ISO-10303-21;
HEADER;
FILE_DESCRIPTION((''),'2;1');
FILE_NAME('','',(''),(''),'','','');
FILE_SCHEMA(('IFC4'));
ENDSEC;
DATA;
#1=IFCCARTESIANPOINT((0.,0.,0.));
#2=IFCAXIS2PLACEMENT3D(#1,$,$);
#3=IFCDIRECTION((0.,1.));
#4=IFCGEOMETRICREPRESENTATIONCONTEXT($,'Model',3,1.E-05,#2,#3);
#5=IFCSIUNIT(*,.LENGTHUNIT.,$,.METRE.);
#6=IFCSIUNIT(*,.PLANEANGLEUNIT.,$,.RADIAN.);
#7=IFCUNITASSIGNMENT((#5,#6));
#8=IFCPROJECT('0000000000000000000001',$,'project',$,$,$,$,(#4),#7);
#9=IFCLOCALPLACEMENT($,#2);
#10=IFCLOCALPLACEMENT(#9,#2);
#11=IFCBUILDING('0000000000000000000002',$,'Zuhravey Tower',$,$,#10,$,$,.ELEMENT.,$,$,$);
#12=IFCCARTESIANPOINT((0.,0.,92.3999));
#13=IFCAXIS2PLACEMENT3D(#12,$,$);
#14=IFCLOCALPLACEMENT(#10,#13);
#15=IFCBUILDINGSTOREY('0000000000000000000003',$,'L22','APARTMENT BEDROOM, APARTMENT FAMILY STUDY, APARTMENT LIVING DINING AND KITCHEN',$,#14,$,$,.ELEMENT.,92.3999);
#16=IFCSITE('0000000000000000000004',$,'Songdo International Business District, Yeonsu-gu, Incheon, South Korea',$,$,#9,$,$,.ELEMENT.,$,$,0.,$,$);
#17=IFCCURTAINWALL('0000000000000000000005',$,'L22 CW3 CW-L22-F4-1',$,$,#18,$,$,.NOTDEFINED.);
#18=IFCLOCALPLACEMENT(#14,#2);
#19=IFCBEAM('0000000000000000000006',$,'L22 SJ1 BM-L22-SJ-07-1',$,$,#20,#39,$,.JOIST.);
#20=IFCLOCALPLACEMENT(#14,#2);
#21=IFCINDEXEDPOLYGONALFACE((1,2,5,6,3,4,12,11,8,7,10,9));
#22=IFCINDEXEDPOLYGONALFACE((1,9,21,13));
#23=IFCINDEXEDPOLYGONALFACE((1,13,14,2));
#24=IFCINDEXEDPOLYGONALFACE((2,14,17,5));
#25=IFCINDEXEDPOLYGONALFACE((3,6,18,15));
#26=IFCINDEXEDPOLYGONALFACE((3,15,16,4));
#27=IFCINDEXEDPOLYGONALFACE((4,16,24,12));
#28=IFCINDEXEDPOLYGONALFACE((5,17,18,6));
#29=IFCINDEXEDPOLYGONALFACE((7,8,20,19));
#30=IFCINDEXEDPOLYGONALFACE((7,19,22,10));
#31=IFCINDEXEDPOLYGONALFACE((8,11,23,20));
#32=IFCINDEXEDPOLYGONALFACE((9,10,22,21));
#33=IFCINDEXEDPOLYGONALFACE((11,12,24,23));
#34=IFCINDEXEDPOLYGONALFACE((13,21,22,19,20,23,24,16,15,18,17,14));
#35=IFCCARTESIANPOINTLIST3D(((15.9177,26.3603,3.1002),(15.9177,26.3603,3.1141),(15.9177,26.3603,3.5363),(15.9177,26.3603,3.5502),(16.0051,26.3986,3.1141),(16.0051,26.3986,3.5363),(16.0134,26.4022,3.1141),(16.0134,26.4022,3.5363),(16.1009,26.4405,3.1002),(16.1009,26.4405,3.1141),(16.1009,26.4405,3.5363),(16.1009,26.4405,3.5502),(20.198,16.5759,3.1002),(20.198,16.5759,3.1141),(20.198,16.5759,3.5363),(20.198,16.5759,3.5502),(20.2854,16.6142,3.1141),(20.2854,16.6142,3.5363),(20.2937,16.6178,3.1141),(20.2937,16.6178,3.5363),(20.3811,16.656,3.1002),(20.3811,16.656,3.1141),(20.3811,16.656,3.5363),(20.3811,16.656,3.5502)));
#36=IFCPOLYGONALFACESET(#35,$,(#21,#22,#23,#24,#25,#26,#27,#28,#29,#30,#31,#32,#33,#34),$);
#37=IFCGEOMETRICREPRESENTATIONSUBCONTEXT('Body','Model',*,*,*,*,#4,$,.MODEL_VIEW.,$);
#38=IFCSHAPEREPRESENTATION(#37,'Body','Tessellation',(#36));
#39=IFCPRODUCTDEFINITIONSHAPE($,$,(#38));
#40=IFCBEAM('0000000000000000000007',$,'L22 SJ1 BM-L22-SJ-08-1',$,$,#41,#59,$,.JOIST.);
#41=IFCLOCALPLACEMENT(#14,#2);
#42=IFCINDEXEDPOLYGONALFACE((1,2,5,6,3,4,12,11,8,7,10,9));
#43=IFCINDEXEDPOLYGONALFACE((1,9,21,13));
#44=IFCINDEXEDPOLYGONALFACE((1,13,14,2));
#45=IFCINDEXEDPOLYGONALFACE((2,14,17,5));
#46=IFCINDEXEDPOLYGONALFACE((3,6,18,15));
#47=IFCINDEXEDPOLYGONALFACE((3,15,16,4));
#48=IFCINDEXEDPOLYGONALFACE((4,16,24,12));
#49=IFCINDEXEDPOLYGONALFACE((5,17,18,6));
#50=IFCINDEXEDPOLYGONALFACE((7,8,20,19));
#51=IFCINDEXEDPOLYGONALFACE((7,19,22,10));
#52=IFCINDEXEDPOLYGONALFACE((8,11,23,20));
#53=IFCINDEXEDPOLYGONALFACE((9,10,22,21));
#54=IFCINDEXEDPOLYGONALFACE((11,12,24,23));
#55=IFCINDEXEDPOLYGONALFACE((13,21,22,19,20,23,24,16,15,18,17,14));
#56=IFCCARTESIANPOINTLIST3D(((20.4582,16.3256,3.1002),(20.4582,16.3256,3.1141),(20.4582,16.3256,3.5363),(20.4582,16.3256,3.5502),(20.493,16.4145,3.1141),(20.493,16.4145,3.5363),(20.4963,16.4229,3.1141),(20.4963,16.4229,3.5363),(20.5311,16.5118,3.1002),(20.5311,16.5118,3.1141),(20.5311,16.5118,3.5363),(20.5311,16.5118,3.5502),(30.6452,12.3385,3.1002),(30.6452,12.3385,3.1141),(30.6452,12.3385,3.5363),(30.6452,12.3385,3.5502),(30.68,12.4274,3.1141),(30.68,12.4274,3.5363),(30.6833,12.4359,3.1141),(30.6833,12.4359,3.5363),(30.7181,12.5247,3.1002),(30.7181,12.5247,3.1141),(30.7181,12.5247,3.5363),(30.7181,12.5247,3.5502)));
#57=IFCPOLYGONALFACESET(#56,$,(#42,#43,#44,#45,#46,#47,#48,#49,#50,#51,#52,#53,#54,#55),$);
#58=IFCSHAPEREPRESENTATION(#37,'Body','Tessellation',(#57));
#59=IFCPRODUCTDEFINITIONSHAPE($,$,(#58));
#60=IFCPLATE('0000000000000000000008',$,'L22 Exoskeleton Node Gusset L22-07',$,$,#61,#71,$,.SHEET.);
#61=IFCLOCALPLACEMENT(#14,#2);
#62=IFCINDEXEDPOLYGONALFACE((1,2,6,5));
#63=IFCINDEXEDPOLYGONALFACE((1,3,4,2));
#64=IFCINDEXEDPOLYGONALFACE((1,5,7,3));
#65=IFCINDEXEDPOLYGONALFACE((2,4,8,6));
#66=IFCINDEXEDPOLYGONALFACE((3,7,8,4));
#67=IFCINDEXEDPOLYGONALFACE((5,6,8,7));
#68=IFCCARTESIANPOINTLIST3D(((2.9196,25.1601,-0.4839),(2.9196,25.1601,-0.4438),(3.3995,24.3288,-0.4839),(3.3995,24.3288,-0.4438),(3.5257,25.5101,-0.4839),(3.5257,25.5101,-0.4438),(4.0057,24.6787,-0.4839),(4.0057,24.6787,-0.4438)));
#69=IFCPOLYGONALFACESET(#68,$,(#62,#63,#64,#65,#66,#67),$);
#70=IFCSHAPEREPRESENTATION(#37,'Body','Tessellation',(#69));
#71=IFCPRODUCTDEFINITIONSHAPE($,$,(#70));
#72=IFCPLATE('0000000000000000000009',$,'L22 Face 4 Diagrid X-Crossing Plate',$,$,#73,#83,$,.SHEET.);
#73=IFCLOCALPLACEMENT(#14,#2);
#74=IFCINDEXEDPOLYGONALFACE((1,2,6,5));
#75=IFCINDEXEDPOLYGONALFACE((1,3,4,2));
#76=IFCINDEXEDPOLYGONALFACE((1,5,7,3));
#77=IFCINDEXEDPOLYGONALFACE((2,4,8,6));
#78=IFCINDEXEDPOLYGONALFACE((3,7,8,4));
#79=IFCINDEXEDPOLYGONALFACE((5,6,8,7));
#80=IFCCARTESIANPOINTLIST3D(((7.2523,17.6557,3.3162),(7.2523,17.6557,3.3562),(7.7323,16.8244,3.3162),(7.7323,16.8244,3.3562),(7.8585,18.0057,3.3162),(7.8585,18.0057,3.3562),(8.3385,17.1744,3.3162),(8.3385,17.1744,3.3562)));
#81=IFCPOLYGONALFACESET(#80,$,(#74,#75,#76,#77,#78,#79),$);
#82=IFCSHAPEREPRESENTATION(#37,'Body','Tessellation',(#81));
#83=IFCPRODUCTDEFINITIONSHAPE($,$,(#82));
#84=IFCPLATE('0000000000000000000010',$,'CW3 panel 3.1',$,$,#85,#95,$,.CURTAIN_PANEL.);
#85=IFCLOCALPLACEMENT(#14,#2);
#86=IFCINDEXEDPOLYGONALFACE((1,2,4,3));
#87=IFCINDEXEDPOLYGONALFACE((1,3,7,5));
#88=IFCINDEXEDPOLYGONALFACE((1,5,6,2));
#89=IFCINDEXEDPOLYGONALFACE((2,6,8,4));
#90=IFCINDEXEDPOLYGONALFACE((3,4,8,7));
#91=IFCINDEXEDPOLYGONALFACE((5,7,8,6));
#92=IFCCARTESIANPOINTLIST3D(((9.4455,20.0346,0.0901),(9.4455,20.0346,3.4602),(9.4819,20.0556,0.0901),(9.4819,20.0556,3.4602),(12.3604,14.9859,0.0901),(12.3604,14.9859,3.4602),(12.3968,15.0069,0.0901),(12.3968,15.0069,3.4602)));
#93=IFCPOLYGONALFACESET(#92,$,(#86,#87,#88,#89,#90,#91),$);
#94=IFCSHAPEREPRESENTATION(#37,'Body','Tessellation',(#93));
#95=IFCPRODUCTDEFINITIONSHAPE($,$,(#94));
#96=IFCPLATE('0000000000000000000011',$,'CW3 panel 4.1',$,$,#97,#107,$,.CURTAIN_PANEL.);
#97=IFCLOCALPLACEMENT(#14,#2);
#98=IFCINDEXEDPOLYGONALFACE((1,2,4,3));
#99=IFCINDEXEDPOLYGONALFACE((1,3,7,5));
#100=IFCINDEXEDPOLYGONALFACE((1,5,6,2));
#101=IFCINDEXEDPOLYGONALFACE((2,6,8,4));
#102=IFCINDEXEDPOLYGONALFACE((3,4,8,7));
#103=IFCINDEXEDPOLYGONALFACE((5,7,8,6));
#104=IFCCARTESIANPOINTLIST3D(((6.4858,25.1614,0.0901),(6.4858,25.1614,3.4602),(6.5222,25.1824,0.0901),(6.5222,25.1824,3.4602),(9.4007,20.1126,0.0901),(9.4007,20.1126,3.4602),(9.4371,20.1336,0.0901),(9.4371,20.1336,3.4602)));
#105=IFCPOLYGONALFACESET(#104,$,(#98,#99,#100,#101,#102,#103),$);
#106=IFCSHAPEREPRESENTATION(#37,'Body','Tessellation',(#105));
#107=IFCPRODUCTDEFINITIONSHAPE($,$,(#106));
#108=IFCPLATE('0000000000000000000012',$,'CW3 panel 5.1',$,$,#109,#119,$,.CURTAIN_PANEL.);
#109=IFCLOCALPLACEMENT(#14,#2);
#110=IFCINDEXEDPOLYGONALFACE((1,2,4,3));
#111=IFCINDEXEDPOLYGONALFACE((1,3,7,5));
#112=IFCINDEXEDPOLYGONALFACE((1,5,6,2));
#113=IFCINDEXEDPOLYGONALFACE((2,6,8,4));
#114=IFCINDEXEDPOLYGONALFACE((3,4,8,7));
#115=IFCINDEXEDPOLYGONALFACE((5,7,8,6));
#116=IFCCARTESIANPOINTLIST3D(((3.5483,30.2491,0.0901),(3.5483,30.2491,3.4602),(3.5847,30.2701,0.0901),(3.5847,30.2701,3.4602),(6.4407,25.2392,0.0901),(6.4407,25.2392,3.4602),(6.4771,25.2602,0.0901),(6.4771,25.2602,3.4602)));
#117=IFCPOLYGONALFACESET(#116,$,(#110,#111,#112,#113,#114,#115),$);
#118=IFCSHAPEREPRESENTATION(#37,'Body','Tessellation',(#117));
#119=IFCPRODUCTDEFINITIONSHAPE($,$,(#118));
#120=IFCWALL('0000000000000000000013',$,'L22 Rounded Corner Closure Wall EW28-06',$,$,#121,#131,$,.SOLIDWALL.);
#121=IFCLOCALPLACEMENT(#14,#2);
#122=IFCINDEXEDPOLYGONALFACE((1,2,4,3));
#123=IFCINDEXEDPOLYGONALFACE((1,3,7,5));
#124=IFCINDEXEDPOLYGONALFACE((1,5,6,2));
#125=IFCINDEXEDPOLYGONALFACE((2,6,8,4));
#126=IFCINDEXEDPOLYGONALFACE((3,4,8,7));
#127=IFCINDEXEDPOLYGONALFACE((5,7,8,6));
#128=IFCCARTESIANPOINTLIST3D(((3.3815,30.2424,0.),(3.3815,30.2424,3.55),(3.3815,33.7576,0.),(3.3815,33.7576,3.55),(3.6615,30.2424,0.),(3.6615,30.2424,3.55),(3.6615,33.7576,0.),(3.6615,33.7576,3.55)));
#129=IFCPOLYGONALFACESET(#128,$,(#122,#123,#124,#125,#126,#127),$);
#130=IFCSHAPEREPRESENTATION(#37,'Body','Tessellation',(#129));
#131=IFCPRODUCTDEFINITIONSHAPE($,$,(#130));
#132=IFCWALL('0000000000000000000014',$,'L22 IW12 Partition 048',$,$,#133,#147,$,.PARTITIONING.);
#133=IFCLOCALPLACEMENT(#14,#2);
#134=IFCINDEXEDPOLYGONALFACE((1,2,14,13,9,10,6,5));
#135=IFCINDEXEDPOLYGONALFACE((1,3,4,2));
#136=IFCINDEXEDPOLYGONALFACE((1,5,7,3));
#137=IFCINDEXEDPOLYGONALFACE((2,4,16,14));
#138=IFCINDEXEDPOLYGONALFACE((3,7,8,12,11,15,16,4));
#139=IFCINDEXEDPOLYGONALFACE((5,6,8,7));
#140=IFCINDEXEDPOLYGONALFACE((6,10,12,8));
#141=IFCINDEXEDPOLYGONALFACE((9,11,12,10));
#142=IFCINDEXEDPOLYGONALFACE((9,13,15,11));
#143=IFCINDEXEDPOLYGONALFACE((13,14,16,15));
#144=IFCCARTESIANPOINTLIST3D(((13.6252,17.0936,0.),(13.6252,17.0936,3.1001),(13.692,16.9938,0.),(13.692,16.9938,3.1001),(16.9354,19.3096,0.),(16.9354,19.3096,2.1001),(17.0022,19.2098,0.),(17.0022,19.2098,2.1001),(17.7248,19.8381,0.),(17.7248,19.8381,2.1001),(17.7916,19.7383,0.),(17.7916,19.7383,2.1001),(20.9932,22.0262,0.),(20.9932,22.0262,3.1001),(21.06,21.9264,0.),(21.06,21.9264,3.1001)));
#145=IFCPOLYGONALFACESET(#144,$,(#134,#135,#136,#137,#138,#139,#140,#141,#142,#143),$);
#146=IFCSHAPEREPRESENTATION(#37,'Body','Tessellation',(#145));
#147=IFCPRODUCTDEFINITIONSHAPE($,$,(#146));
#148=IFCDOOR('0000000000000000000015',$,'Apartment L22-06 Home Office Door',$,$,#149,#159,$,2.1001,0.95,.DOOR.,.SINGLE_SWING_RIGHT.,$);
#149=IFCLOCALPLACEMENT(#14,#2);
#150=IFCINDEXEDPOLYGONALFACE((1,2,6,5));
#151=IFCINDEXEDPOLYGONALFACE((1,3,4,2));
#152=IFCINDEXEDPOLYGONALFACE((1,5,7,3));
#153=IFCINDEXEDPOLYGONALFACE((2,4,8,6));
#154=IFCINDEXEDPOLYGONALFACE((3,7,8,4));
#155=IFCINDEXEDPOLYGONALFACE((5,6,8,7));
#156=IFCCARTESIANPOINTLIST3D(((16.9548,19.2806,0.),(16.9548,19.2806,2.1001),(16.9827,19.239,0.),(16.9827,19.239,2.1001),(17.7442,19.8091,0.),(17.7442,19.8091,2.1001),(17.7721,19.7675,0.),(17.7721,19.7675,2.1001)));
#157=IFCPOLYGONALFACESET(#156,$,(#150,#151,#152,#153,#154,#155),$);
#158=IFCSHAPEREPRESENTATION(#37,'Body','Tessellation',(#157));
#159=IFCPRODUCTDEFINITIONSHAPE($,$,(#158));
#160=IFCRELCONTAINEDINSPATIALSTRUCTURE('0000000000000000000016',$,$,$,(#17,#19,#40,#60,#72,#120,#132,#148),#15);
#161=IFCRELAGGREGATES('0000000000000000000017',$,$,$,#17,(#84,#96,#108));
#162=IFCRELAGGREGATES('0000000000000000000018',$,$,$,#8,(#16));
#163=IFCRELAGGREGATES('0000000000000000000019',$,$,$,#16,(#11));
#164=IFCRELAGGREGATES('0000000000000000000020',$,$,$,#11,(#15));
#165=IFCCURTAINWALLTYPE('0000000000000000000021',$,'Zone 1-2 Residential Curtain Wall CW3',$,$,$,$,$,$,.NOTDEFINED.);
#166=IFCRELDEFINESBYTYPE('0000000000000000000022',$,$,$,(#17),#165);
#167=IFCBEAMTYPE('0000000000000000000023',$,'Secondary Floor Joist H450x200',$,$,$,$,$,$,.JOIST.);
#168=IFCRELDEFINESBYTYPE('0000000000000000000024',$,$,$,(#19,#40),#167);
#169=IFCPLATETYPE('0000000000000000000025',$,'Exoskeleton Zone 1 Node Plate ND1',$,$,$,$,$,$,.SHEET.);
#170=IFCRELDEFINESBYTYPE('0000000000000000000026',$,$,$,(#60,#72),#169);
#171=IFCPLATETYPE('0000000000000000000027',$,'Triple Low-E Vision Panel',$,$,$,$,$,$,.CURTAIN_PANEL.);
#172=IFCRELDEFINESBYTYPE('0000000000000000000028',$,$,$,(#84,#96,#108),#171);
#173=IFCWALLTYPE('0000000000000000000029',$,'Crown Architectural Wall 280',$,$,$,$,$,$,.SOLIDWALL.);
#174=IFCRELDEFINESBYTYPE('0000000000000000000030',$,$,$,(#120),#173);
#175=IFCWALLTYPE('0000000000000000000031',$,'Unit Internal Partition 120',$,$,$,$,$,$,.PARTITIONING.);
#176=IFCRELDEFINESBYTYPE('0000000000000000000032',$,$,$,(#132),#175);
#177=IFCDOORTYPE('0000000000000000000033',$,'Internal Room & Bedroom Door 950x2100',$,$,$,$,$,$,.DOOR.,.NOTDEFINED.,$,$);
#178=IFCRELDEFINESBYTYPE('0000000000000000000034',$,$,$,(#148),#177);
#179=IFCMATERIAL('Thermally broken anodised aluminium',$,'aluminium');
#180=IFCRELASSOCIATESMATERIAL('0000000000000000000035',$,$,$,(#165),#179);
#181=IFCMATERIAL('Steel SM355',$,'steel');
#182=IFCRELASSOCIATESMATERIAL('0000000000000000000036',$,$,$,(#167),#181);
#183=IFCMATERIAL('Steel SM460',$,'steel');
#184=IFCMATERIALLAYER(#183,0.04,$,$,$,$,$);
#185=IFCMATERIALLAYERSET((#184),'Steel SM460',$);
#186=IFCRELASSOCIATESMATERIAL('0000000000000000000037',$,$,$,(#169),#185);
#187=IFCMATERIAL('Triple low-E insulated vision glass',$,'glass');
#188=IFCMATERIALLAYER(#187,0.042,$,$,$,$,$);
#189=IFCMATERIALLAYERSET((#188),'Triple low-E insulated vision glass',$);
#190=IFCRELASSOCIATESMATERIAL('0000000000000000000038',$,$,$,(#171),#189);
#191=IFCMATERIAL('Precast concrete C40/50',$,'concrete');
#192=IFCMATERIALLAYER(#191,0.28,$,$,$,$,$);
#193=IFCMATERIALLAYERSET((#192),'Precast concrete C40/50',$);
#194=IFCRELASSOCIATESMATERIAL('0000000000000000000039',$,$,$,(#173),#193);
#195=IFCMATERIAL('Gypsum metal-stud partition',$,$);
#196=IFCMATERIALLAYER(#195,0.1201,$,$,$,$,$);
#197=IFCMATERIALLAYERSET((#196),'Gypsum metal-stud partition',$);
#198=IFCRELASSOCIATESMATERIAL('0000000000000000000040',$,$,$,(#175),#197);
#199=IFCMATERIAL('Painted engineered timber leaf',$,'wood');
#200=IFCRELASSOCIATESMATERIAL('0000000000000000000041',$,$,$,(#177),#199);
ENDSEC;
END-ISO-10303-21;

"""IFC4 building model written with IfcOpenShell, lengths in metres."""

from ifc_helpers import new_model, si_unit, direction, frame, frame_2d, origin, origin_2d, place, context, subcontext, project, spatial, rectangle, i_section, extrude, material, layer, layer_set, material_profile, profile_set, type_object, element, fill, aggregate, save


model = new_model("IFC4")

# Units and contexts
model_context = context("Model", 3, precision=1e-05, world=origin(), true_north=direction((0.0, 1.0)))
body_context = subcontext(model_context, "Body", "Model", "MODEL_VIEW")
ifc_project = project(units=[si_unit("LENGTHUNIT", "METRE"), si_unit("PLANEANGLEUNIT", "RADIAN")], contexts=[model_context])

# Site, building, storey
site_placement = place(None, origin())
site = spatial("IfcSite", under=ifc_project, at=site_placement, Name="Songdo International Business District, Yeonsu-gu, Incheon, South Korea", CompositionType="ELEMENT", RefElevation=0.0)
building_placement = place(site_placement, origin())
building = spatial("IfcBuilding", under=site, at=building_placement, Name="Zuhravey Tower", CompositionType="ELEMENT")
storey_placement = place(building_placement, frame((0.0, 0.0, 92.3999)))
storey = spatial("IfcBuildingStorey", under=building, at=storey_placement, Name="L22", Description="APARTMENT BEDROOM, APARTMENT FAMILY STUDY, APARTMENT LIVING DINING AND KITCHEN", CompositionType="ELEMENT", Elevation=92.3999)

# Curtain wall
ifc_material_1 = material(Name="Thermally broken anodised aluminium", Category="aluminium")
curtain_wall_type = type_object("IfcCurtainWallType", Name="Zone 1-2 Residential Curtain Wall CW3", PredefinedType="NOTDEFINED", material=ifc_material_1)
curtain_wall_placement = place(storey_placement, origin())
curtain_wall = element("IfcCurtainWall", 1, at=curtain_wall_placement, inside=storey, type_object=curtain_wall_type, Name="L22 CW3 CW-L22-F4-1", PredefinedType="NOTDEFINED")

# Shared definitions
ifc_material_2 = material(Name="Steel SM355", Category="steel")
ifc_material_3 = material(Name="Steel SM460", Category="steel")

# Beams
ifc_material_profile_1 = material_profile(ifc_material_2, i_section(OverallWidth=0.2, OverallDepth=0.45, WebThickness=0.009, FlangeThickness=0.0139, at=origin_2d()), Name="H-450x200x9x14")
ifc_profile_set_1 = profile_set([ifc_material_profile_1], Name="Steel SM355")
beam_type_1 = type_object("IfcBeamType", Name="Secondary Floor Joist H450x200", PredefinedType="JOIST", material=ifc_profile_set_1)
beam_1_placement = place(storey_placement, frame((16.0093, 26.4004, 3.3252), z_axis=(0.400786, -0.916172, 0.0), x_axis=(0.916172, 0.400786, 0.0)))
element("IfcBeam", 2, at=beam_1_placement, inside=storey, type_object=beam_type_1, Name="L22 SJ1 BM-L22-SJ-07-1", PredefinedType="JOIST", context=body_context, shape_type="SweptSolid", body=[
    extrude(i_section(OverallWidth=0.2, OverallDepth=0.45, WebThickness=0.009, FlangeThickness=0.0139, at=origin_2d()), origin(), (0.0, 0.0, 1.0), 10.6797),
])
beam_2_placement = place(storey_placement, frame((20.4946, 16.4187, 3.3252), z_axis=(0.931217, -0.364466, 0.0), x_axis=(0.364466, 0.931217, 0.0)))
element("IfcBeam", 3, at=beam_2_placement, inside=storey, type_object=beam_type_1, Name="L22 SJ1 BM-L22-SJ-08-1", PredefinedType="JOIST", context=body_context, shape_type="SweptSolid", body=[
    extrude(i_section(OverallWidth=0.2, OverallDepth=0.45, WebThickness=0.009, FlangeThickness=0.0139, at=origin_2d()), origin(), (0.0, 0.0, 1.0), 10.9395),
])

# Plates
ifc_layer_1 = layer(ifc_material_3, 0.04)
ifc_layer_set_1 = layer_set([ifc_layer_1], Name="Steel SM460")
plate_type_1 = type_object("IfcPlateType", Name="Exoskeleton Zone 1 Node Plate ND1", PredefinedType="SHEET", material=ifc_layer_set_1)
for number, where, z_axis, x_axis, name in (
    (4, (3.4626, 24.9194, -0.4839), (0.0, 0.0, 1.0), (0.5, -0.866025, 0.0), "L22 Exoskeleton Node Gusset L22-07"),
    (5, (7.7954, 17.415, 3.3162), (0.0, 0.0, 1.0), (0.5, -0.866025, 0.0), "L22 Face 4 Diagrid X-Crossing Plate"),
):
    element("IfcPlate", number, at=place(storey_placement, frame(where, z_axis=z_axis, x_axis=x_axis)), inside=storey, type_object=plate_type_1, Name=name, PredefinedType="SHEET", context=body_context, shape_type="SweptSolid", body=[
        extrude(rectangle(XDim=0.96, YDim=0.7, at=origin_2d()), origin(), (0.0, 0.0, 1.0), 0.04),
    ])

# Plates
ifc_material_4 = material(Name="Triple low-E insulated vision glass", Category="glass")
ifc_layer_2 = layer(ifc_material_4, 0.042)
ifc_layer_set_2 = layer_set([ifc_layer_2], Name="Triple low-E insulated vision glass")
plate_type_2 = type_object("IfcPlateType", Name="Triple Low-E Vision Panel", PredefinedType="CURTAIN_PANEL", material=ifc_layer_set_2)
plate_1_placement = place(storey_placement, frame((10.9211, 17.5208, 0.0901), z_axis=(0.0, 0.0, 1.0), x_axis=(-0.5, 0.866026, 0.0)))
plate_1 = element("IfcPlate", 6, at=plate_1_placement, type_object=plate_type_2, Name="CW3 panel 3.1", PredefinedType="CURTAIN_PANEL", context=body_context, shape_type="SweptSolid", body=[
    extrude(rectangle(XDim=5.8298, YDim=0.042, at=origin_2d()), origin(), (0.0, 0.0, 1.0), 3.3701),
])
plate_2_placement = place(storey_placement, frame((7.9614, 22.6475, 0.0901), z_axis=(0.0, 0.0, 1.0), x_axis=(-0.5, 0.866026, 0.0)))
plate_2 = element("IfcPlate", 7, at=plate_2_placement, type_object=plate_type_2, Name="CW3 panel 4.1", PredefinedType="CURTAIN_PANEL", context=body_context, shape_type="SweptSolid", body=[
    extrude(rectangle(XDim=5.8298, YDim=0.042, at=origin_2d()), origin(), (0.0, 0.0, 1.0), 3.3701),
])
plate_3_placement = place(storey_placement, frame((5.0127, 27.7546, 0.0901), z_axis=(0.0, 0.0, 1.0), x_axis=(-0.5, 0.866026, 0.0)))
plate_3 = element("IfcPlate", 8, at=plate_3_placement, type_object=plate_type_2, Name="CW3 panel 5.1", PredefinedType="CURTAIN_PANEL", context=body_context, shape_type="SweptSolid", body=[
    extrude(rectangle(XDim=5.7849, YDim=0.042, at=origin_2d()), origin(), (0.0, 0.0, 1.0), 3.3701),
])
aggregate(curtain_wall, [plate_1, plate_2, plate_3])

# Wall
ifc_material_5 = material(Name="Precast concrete C40/50", Category="concrete")
ifc_layer_3 = layer(ifc_material_5, 0.28)
ifc_layer_set_3 = layer_set([ifc_layer_3], Name="Precast concrete C40/50")
wall_type_1 = type_object("IfcWallType", Name="Crown Architectural Wall 280", PredefinedType="SOLIDWALL", material=ifc_layer_set_3)
wall_1_placement = place(storey_placement, frame((3.5215, 30.2424, 0.0), z_axis=(0.0, 0.0, 1.0), x_axis=(0.0, 1.0, 0.0)))
element("IfcWall", 9, at=wall_1_placement, inside=storey, type_object=wall_type_1, Name="L22 Rounded Corner Closure Wall EW28-06", PredefinedType="SOLIDWALL", context=body_context, shape_type="SweptSolid", body=[
    extrude(rectangle(XDim=3.5151, YDim=0.28, at=frame_2d((1.7576, 0.0))), origin(), (0.0, 0.0, 1.0), 3.55),
])

# Wall, opening, door
ifc_material_6 = material(Name="Gypsum metal-stud partition")
ifc_layer_4 = layer(ifc_material_6, 0.1201)
ifc_layer_set_4 = layer_set([ifc_layer_4], Name="Gypsum metal-stud partition")
wall_type_2 = type_object("IfcWallType", Name="Unit Internal Partition 120", PredefinedType="PARTITIONING", material=ifc_layer_set_4)
wall_2_placement = place(storey_placement, frame((21.0266, 21.9763, 0.0), z_axis=(0.0, 0.0, 1.0), x_axis=(-0.830973, -0.556313, 0.0)))
wall_2 = element("IfcWall", 10, at=wall_2_placement, inside=storey, type_object=wall_type_2, Name="L22 IW12 Partition 048", PredefinedType="PARTITIONING", context=body_context, shape_type="SweptSolid", body=[
    extrude(rectangle(XDim=8.8667, YDim=0.1201, at=frame_2d((4.4333, 0.0))), origin(), (0.0, 0.0, 1.0), 3.1001),
])
opening_1_placement = place(wall_2_placement, frame((3.9331, 0.0, 0.0)))
opening_1 = element("IfcOpeningElement", 11, at=opening_1_placement, cuts=wall_2, PredefinedType="OPENING", context=body_context, shape_type="SweptSolid", body=[
    extrude(rectangle(XDim=0.95, YDim=2.1001, at=frame_2d((0.4751, 1.05))), frame((0.0, 0.072, 0.0), z_axis=(0.0, -1.0, 0.0), x_axis=(1.0, 0.0, 0.0)), (0.0, 0.0, 1.0), 0.144),
])
ifc_material_7 = material(Name="Painted engineered timber leaf", Category="wood")
door_type = type_object("IfcDoorType", Name="Internal Room & Bedroom Door 950x2100", OperationType="NOTDEFINED", PredefinedType="DOOR", material=ifc_material_7)
door_1_placement = place(opening_1_placement, origin())
door_1 = element("IfcDoor", 12, at=door_1_placement, inside=storey, type_object=door_type, Name="Apartment L22-06 Home Office Door", OperationType="SINGLE_SWING_RIGHT", OverallHeight=2.1001, OverallWidth=0.95, PredefinedType="DOOR", context=body_context, shape_type="SweptSolid", body=[
    extrude(rectangle(XDim=0.95, YDim=2.1001, at=frame_2d((0.4751, 1.05))), frame((0.0, 0.0249, 0.0), z_axis=(0.0, -1.0, 0.0), x_axis=(1.0, 0.0, 0.0)), (0.0, 0.0, 1.0), 0.05),
])
fill(opening_1, door_1)

save(model, "model.ifc")
